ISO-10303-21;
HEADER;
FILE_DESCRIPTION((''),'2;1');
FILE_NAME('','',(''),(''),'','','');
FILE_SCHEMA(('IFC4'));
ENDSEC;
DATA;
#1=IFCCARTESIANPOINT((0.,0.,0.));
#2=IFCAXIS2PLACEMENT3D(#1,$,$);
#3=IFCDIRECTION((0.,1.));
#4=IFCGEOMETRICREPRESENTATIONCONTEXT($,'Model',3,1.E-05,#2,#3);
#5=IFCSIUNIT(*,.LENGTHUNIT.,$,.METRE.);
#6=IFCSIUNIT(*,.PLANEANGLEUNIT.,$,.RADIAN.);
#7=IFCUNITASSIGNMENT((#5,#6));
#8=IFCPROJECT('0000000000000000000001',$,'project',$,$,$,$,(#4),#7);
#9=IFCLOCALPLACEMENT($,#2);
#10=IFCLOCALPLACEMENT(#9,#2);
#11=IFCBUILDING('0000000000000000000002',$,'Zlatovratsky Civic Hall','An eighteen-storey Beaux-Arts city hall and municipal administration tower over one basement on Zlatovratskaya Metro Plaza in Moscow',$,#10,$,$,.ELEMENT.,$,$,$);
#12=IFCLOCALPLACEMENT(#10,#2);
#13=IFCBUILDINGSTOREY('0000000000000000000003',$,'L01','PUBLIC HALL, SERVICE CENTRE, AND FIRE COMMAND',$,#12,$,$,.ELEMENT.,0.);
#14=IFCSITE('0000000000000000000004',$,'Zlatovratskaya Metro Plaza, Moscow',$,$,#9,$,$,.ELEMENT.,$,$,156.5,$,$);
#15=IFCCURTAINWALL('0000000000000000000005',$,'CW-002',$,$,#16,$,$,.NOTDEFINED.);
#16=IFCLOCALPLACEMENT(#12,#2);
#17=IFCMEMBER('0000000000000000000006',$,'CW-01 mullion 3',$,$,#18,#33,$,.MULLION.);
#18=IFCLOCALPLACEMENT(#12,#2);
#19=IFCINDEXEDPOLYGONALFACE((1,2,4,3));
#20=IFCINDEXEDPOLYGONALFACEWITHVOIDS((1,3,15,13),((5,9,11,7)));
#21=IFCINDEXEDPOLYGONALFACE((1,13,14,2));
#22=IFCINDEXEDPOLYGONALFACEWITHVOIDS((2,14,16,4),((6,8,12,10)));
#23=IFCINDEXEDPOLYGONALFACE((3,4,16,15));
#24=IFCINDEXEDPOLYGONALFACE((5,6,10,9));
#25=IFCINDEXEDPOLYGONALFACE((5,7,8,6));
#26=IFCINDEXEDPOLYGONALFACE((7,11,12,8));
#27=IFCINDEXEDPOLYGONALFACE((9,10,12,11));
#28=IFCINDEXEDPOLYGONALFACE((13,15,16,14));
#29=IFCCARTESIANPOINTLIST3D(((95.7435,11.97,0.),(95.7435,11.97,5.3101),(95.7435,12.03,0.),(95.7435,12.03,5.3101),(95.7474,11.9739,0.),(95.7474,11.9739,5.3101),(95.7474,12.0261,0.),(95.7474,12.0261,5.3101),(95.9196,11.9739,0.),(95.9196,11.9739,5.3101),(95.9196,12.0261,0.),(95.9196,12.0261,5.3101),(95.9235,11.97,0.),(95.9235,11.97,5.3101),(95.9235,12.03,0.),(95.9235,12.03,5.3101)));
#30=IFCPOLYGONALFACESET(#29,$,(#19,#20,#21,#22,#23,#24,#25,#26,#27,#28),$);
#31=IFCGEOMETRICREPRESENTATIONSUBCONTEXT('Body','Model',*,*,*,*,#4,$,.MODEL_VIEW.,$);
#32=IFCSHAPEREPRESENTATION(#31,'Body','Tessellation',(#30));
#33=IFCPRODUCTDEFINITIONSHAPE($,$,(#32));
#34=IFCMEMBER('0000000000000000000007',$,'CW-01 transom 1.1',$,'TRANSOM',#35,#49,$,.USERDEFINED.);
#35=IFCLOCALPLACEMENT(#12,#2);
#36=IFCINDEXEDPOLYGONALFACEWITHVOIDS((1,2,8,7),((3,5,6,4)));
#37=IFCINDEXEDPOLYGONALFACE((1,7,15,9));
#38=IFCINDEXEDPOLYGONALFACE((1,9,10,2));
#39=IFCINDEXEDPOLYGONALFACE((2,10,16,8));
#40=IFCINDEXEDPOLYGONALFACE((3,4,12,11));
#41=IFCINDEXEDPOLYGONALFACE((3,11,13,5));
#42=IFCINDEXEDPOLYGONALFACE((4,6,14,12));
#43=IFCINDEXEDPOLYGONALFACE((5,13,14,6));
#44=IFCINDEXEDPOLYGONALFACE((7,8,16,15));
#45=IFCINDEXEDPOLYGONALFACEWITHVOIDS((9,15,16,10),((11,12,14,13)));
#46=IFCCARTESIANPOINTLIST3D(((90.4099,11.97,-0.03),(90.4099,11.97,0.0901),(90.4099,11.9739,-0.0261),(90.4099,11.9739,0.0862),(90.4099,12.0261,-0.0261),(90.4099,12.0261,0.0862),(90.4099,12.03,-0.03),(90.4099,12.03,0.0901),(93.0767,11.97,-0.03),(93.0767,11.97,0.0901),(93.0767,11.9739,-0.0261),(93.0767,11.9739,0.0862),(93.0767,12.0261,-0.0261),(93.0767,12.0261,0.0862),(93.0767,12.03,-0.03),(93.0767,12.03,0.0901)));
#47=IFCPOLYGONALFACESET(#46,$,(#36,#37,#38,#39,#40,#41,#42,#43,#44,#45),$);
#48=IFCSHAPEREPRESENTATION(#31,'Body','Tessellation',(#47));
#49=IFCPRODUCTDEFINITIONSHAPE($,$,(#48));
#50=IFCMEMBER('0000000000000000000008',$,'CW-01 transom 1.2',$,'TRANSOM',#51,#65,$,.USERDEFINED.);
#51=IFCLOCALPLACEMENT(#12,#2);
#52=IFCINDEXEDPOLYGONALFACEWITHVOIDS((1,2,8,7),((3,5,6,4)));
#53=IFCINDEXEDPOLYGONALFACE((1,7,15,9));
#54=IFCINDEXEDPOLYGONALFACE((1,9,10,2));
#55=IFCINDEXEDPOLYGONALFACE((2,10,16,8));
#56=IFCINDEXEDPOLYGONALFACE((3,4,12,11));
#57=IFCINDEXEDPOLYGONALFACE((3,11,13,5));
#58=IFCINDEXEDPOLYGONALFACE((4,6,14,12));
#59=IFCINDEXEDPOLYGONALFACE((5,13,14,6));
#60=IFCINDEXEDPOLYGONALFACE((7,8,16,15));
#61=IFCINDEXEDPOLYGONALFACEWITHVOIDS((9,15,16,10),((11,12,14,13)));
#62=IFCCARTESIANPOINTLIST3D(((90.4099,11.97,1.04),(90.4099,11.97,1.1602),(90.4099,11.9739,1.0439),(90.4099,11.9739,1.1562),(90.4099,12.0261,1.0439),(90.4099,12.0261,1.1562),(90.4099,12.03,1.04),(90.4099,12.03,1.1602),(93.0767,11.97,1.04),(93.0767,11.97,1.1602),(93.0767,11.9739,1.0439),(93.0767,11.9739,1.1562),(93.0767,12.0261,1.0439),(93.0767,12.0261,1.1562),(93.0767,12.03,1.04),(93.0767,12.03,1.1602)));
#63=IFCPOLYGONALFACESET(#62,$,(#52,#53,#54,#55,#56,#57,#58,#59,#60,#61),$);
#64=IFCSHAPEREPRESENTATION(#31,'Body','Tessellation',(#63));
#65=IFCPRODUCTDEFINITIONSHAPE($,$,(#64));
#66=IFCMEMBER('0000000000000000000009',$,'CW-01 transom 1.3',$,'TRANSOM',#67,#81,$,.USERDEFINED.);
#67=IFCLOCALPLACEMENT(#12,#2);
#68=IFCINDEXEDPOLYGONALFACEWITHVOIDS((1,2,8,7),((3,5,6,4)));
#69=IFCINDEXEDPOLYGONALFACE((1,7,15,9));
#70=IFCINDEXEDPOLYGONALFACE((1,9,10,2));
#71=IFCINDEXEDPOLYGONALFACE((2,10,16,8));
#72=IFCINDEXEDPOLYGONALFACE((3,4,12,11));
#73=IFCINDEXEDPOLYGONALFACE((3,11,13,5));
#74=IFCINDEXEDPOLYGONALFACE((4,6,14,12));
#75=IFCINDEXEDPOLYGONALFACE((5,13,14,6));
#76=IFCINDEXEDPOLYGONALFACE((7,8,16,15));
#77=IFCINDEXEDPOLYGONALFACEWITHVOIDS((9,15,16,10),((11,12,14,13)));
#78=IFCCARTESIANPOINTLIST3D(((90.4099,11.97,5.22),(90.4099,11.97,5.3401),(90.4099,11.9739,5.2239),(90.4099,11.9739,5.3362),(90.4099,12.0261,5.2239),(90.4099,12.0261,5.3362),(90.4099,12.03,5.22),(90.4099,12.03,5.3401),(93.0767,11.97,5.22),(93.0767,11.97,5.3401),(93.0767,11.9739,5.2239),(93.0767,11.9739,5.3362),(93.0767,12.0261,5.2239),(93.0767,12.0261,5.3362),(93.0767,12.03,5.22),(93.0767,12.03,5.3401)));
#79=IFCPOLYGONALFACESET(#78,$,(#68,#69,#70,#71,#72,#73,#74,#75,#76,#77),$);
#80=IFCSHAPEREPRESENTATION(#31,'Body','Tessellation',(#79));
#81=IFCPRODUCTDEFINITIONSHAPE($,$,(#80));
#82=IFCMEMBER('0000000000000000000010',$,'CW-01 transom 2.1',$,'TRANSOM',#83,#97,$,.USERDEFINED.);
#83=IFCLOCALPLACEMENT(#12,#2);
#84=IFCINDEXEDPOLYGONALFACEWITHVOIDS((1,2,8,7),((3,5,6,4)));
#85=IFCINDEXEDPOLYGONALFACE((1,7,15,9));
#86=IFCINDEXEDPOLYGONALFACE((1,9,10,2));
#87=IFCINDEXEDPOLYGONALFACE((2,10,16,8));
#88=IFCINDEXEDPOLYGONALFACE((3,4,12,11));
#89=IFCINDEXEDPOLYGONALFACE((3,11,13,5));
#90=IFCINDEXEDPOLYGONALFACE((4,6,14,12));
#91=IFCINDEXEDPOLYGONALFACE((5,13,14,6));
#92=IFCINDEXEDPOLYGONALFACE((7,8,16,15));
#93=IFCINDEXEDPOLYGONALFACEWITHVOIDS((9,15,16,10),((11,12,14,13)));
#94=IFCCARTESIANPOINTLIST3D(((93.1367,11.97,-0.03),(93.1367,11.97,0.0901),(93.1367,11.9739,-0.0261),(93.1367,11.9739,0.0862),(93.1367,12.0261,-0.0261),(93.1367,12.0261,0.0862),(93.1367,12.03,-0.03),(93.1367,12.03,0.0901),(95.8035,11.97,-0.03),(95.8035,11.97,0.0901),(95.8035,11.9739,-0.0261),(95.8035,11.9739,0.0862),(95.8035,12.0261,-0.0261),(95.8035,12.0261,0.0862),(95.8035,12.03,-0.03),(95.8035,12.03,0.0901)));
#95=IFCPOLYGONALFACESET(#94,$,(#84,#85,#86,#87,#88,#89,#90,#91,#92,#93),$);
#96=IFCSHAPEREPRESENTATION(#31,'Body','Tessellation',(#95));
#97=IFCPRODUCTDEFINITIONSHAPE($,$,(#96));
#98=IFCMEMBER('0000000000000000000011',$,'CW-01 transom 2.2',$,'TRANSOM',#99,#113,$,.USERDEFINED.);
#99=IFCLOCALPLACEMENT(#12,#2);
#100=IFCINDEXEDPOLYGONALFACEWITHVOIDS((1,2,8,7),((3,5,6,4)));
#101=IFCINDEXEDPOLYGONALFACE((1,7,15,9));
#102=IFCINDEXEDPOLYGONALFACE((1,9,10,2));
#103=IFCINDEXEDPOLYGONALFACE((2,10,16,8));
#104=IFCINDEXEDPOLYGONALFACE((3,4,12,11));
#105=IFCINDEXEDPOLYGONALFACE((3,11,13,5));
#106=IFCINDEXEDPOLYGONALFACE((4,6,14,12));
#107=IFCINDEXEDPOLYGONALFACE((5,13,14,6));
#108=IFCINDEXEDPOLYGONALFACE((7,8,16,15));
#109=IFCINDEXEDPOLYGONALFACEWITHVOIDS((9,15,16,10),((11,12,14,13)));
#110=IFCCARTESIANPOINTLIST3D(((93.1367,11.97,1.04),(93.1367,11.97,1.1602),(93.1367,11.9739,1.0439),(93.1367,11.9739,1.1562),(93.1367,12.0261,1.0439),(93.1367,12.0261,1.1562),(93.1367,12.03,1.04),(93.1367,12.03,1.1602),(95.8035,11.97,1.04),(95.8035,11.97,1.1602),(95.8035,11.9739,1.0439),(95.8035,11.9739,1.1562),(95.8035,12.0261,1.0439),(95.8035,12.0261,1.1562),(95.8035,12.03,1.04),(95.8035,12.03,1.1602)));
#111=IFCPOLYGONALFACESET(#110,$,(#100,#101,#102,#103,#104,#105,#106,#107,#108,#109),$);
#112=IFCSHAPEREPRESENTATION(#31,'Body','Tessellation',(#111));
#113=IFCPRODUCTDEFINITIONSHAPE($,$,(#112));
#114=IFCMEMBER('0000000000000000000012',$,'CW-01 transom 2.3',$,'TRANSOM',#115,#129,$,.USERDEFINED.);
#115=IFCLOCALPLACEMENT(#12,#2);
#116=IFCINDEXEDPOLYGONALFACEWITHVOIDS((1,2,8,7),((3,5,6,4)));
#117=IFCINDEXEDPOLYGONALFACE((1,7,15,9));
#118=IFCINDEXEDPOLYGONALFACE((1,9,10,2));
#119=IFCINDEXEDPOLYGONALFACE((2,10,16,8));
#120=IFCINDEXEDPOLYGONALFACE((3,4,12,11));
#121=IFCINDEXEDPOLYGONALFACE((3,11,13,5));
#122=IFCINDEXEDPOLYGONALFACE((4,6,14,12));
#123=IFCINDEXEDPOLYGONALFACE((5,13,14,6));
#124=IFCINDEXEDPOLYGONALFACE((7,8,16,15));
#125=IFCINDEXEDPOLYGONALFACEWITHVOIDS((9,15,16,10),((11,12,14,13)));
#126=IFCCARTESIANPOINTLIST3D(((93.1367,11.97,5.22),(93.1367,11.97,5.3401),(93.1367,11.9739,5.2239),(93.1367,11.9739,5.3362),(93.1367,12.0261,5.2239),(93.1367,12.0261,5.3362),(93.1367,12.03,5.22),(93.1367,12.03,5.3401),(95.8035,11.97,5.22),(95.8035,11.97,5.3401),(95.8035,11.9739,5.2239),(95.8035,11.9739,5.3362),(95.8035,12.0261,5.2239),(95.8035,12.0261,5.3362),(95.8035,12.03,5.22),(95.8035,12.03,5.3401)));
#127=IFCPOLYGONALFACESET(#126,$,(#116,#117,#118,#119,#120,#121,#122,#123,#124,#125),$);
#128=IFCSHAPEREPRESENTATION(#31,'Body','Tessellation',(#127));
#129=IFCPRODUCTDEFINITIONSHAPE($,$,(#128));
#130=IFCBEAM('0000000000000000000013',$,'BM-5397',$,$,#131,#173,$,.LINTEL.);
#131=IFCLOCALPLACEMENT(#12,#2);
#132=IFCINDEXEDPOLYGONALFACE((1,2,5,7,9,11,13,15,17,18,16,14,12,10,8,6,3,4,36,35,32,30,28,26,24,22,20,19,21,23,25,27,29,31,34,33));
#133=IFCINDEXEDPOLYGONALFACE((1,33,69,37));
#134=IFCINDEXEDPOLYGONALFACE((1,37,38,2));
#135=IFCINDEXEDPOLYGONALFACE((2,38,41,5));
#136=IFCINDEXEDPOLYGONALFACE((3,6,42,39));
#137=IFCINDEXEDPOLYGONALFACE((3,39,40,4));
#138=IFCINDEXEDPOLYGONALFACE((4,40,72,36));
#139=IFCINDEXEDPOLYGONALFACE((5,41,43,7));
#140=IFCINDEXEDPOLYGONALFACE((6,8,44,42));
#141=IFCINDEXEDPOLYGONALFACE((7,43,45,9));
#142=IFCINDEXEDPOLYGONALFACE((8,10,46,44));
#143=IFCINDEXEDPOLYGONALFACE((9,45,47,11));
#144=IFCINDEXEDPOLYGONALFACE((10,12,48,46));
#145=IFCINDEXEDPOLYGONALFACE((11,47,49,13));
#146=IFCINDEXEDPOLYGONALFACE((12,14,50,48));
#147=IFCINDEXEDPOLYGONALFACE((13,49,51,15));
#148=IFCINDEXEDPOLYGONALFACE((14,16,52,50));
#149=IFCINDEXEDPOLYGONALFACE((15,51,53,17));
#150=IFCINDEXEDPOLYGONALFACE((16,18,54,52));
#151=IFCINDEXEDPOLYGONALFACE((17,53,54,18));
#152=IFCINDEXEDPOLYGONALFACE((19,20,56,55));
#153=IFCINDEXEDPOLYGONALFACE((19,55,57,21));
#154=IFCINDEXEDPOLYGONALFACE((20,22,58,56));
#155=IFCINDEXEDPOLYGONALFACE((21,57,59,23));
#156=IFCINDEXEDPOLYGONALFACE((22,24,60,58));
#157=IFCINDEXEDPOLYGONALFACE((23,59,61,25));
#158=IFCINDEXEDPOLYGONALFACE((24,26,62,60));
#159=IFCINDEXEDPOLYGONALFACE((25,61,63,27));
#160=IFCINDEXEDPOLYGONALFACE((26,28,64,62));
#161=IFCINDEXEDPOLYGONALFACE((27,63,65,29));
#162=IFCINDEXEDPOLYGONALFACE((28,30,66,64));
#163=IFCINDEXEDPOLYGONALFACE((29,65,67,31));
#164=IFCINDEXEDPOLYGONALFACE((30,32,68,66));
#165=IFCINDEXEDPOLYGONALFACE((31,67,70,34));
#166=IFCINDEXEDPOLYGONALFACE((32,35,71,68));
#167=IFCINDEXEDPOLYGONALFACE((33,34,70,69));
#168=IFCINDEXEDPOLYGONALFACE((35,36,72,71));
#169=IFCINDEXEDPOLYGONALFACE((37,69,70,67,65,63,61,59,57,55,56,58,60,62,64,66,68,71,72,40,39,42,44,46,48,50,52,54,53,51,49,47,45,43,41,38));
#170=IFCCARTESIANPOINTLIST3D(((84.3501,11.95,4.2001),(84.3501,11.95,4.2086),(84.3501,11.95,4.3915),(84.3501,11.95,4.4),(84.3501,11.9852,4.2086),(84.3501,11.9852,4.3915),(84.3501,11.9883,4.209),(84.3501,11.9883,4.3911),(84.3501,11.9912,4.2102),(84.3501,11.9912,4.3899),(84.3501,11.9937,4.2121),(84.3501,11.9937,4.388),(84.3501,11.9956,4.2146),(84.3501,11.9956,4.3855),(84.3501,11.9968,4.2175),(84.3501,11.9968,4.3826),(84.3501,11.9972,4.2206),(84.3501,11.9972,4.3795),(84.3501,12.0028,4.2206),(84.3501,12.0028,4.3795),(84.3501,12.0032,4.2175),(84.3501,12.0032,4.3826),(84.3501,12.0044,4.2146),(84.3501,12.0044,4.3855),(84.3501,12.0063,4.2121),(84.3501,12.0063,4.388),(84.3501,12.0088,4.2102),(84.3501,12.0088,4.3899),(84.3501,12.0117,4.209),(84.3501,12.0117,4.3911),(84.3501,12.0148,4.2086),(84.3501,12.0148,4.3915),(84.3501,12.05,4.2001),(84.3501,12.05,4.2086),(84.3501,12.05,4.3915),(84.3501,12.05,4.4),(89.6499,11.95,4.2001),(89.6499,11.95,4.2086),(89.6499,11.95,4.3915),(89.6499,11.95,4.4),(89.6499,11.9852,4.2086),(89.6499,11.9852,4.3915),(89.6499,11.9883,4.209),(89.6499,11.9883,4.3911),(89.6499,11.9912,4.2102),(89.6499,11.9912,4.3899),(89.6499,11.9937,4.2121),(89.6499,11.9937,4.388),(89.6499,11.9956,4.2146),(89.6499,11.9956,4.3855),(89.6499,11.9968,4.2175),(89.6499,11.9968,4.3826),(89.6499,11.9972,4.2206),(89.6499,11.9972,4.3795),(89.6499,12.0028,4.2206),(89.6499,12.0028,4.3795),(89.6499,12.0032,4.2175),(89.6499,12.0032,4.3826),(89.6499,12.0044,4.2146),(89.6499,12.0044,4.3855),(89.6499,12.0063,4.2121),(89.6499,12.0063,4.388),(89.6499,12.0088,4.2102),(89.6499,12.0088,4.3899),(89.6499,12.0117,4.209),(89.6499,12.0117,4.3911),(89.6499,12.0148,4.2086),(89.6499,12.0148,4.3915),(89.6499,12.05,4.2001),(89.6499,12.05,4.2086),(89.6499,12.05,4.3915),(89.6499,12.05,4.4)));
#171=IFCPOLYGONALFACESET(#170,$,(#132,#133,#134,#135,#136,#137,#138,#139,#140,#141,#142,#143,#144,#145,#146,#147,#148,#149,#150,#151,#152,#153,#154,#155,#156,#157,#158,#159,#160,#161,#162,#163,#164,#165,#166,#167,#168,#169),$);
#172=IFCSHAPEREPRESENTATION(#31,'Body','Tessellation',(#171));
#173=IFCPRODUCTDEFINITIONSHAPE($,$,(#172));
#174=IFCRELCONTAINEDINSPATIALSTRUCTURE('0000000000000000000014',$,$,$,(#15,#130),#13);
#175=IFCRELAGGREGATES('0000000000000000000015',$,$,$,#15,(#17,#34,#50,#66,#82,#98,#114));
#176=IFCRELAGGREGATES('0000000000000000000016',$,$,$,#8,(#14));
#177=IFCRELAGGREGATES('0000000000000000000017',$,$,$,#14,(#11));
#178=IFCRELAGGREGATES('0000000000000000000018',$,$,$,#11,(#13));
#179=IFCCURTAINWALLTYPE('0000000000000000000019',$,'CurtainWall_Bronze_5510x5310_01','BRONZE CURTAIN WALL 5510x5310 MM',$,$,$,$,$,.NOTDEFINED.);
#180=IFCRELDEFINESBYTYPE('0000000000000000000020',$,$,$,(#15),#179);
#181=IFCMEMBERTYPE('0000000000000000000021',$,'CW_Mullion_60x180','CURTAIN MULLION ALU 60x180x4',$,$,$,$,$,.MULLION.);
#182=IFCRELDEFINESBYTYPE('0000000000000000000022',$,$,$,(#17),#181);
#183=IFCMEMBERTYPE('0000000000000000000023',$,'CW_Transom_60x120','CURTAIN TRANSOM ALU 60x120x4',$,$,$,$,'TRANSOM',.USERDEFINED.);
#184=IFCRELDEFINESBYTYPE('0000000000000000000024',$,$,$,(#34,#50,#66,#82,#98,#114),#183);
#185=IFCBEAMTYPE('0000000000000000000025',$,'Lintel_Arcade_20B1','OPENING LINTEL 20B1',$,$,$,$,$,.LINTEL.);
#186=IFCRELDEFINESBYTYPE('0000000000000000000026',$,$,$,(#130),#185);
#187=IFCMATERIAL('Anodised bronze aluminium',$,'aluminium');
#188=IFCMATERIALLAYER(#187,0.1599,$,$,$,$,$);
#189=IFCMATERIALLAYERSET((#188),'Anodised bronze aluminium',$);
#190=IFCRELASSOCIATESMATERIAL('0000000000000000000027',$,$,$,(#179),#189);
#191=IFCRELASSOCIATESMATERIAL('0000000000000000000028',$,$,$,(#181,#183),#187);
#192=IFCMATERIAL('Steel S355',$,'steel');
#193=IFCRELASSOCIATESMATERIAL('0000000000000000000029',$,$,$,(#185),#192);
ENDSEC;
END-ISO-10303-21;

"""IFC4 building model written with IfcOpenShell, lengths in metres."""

from ifc_helpers import new_model, si_unit, direction, frame, origin, origin_2d, place, context, subcontext, project, spatial, hollow_rectangle, i_section, extrude, material, layer, layer_set, material_profile, profile_set, type_object, element, aggregate, save


model = new_model("IFC4")

# Units and contexts
model_context = context("Model", 3, precision=1e-05, world=origin(), true_north=direction((0.0, 1.0)))
body_context = subcontext(model_context, "Body", "Model", "MODEL_VIEW")
ifc_project = project(units=[si_unit("LENGTHUNIT", "METRE"), si_unit("PLANEANGLEUNIT", "RADIAN")], contexts=[model_context])

# Site, building, storey
site_placement = place(None, origin())
site = spatial("IfcSite", under=ifc_project, at=site_placement, Name="Zlatovratskaya Metro Plaza, Moscow", CompositionType="ELEMENT", RefElevation=156.5)
building_placement = place(site_placement, origin())
building = spatial("IfcBuilding", under=site, at=building_placement, Name="Zlatovratsky Civic Hall", Description="An eighteen-storey Beaux-Arts city hall and municipal administration tower over one basement on Zlatovratskaya Metro Plaza in Moscow", CompositionType="ELEMENT")
storey_placement = place(building_placement, origin())
storey = spatial("IfcBuildingStorey", under=building, at=storey_placement, Name="L01", Description="PUBLIC HALL, SERVICE CENTRE, AND FIRE COMMAND", CompositionType="ELEMENT", Elevation=0.0)

# Shared definitions
ifc_material_1 = material(Name="Steel S355", Category="steel")

# Curtain wall, members
ifc_material_2 = material(Name="Anodised bronze aluminium", Category="aluminium")
ifc_layer_1 = layer(ifc_material_2, 0.1599)
ifc_layer_set_1 = layer_set([ifc_layer_1], Name="Anodised bronze aluminium")
curtain_wall_type = type_object("IfcCurtainWallType", Name="CurtainWall_Bronze_5510x5310_01", Description="BRONZE CURTAIN WALL 5510x5310 MM", PredefinedType="NOTDEFINED", material=ifc_layer_set_1)
curtain_wall_placement = place(storey_placement, origin())
curtain_wall = element("IfcCurtainWall", 1, at=curtain_wall_placement, inside=storey, type_object=curtain_wall_type, Name="CW-002", PredefinedType="NOTDEFINED")
ifc_material_profile_1 = material_profile(ifc_material_2, hollow_rectangle(XDim=0.0601, YDim=0.1799, WallThickness=0.0039, at=origin_2d()), Name="ALU 60x180x4")
ifc_profile_set_1 = profile_set([ifc_material_profile_1], Name="Anodised bronze aluminium")
member_type_1 = type_object("IfcMemberType", Name="CW_Mullion_60x180", Description="CURTAIN MULLION ALU 60x180x4", PredefinedType="MULLION", material=ifc_profile_set_1)
member_1_placement = place(storey_placement, frame((95.8335, 12.0, 0.0), z_axis=(0.0, 0.0, 1.0), x_axis=(0.0, 1.0, 0.0)))
member_1 = element("IfcMember", 2, at=member_1_placement, type_object=member_type_1, Name="CW-01 mullion 3", PredefinedType="MULLION", context=body_context, shape_type="SweptSolid", body=[
    extrude(hollow_rectangle(XDim=0.0601, YDim=0.1799, WallThickness=0.0039, at=origin_2d()), origin(), (0.0, 0.0, 1.0), 5.3101),
])
ifc_material_profile_2 = material_profile(ifc_material_2, hollow_rectangle(XDim=0.0601, YDim=0.1201, WallThickness=0.0039, at=origin_2d()), Name="ALU 60x120x4")
ifc_profile_set_2 = profile_set([ifc_material_profile_2], Name="Anodised bronze aluminium")
member_type_2 = type_object("IfcMemberType", Name="CW_Transom_60x120", Description="CURTAIN TRANSOM ALU 60x120x4", ElementType="TRANSOM", PredefinedType="USERDEFINED", material=ifc_profile_set_2)
member_2_placement = place(storey_placement, frame((90.4099, 12.0, 0.03), z_axis=(1.0, 0.0, 0.0), x_axis=(0.0, 1.0, 0.0)))
member_2 = element("IfcMember", 3, at=member_2_placement, type_object=member_type_2, Name="CW-01 transom 1.1", ObjectType="TRANSOM", PredefinedType="USERDEFINED", context=body_context, shape_type="SweptSolid", body=[
    extrude(hollow_rectangle(XDim=0.0601, YDim=0.1201, WallThickness=0.0039, at=origin_2d()), origin(), (0.0, 0.0, 1.0), 2.6667),
])
member_3_placement = place(storey_placement, frame((90.4099, 12.0, 1.1001), z_axis=(1.0, 0.0, 0.0), x_axis=(0.0, 1.0, 0.0)))
member_3 = element("IfcMember", 4, at=member_3_placement, type_object=member_type_2, Name="CW-01 transom 1.2", ObjectType="TRANSOM", PredefinedType="USERDEFINED", context=body_context, shape_type="SweptSolid", body=[
    extrude(hollow_rectangle(XDim=0.0601, YDim=0.1201, WallThickness=0.0039, at=origin_2d()), origin(), (0.0, 0.0, 1.0), 2.6667),
])
member_4_placement = place(storey_placement, frame((90.4099, 12.0, 5.28), z_axis=(1.0, 0.0, 0.0), x_axis=(0.0, 1.0, 0.0)))
member_4 = element("IfcMember", 5, at=member_4_placement, type_object=member_type_2, Name="CW-01 transom 1.3", ObjectType="TRANSOM", PredefinedType="USERDEFINED", context=body_context, shape_type="SweptSolid", body=[
    extrude(hollow_rectangle(XDim=0.0601, YDim=0.1201, WallThickness=0.0039, at=origin_2d()), origin(), (0.0, 0.0, 1.0), 2.6667),
])
member_5_placement = place(storey_placement, frame((93.1367, 12.0, 0.03), z_axis=(1.0, 0.0, 0.0), x_axis=(0.0, 1.0, 0.0)))
member_5 = element("IfcMember", 6, at=member_5_placement, type_object=member_type_2, Name="CW-01 transom 2.1", ObjectType="TRANSOM", PredefinedType="USERDEFINED", context=body_context, shape_type="SweptSolid", body=[
    extrude(hollow_rectangle(XDim=0.0601, YDim=0.1201, WallThickness=0.0039, at=origin_2d()), origin(), (0.0, 0.0, 1.0), 2.6667),
])
member_6_placement = place(storey_placement, frame((93.1367, 12.0, 1.1001), z_axis=(1.0, 0.0, 0.0), x_axis=(0.0, 1.0, 0.0)))
member_6 = element("IfcMember", 7, at=member_6_placement, type_object=member_type_2, Name="CW-01 transom 2.2", ObjectType="TRANSOM", PredefinedType="USERDEFINED", context=body_context, shape_type="SweptSolid", body=[
    extrude(hollow_rectangle(XDim=0.0601, YDim=0.1201, WallThickness=0.0039, at=origin_2d()), origin(), (0.0, 0.0, 1.0), 2.6667),
])
member_7_placement = place(storey_placement, frame((93.1367, 12.0, 5.28), z_axis=(1.0, 0.0, 0.0), x_axis=(0.0, 1.0, 0.0)))
member_7 = element("IfcMember", 8, at=member_7_placement, type_object=member_type_2, Name="CW-01 transom 2.3", ObjectType="TRANSOM", PredefinedType="USERDEFINED", context=body_context, shape_type="SweptSolid", body=[
    extrude(hollow_rectangle(XDim=0.0601, YDim=0.1201, WallThickness=0.0039, at=origin_2d()), origin(), (0.0, 0.0, 1.0), 2.6667),
])

# Beam
ifc_material_profile_3 = material_profile(ifc_material_1, i_section(OverallWidth=0.1001, OverallDepth=0.2, WebThickness=0.0056, FlangeThickness=0.0085, FilletRadius=0.012, at=origin_2d()), Name="20B1")
ifc_profile_set_3 = profile_set([ifc_material_profile_3], Name="Steel S355")
beam_type_1 = type_object("IfcBeamType", Name="Lintel_Arcade_20B1", Description="OPENING LINTEL 20B1", PredefinedType="LINTEL", material=ifc_profile_set_3)
beam_1_placement = place(storey_placement, frame((84.3501, 12.0, 4.3), z_axis=(1.0, 0.0, 0.0), x_axis=(0.0, 1.0, 0.0)))
element("IfcBeam", 9, at=beam_1_placement, inside=storey, type_object=beam_type_1, Name="BM-5397", PredefinedType="LINTEL", context=body_context, shape_type="SweptSolid", body=[
    extrude(i_section(OverallWidth=0.1001, OverallDepth=0.2, WebThickness=0.0056, FlangeThickness=0.0085, FilletRadius=0.012, at=origin_2d()), origin(), (0.0, 0.0, 1.0), 5.2998),
])

aggregate(curtain_wall, [member_1, member_2, member_3, member_4, member_5, member_6, member_7])

save(model, "model.ifc")
